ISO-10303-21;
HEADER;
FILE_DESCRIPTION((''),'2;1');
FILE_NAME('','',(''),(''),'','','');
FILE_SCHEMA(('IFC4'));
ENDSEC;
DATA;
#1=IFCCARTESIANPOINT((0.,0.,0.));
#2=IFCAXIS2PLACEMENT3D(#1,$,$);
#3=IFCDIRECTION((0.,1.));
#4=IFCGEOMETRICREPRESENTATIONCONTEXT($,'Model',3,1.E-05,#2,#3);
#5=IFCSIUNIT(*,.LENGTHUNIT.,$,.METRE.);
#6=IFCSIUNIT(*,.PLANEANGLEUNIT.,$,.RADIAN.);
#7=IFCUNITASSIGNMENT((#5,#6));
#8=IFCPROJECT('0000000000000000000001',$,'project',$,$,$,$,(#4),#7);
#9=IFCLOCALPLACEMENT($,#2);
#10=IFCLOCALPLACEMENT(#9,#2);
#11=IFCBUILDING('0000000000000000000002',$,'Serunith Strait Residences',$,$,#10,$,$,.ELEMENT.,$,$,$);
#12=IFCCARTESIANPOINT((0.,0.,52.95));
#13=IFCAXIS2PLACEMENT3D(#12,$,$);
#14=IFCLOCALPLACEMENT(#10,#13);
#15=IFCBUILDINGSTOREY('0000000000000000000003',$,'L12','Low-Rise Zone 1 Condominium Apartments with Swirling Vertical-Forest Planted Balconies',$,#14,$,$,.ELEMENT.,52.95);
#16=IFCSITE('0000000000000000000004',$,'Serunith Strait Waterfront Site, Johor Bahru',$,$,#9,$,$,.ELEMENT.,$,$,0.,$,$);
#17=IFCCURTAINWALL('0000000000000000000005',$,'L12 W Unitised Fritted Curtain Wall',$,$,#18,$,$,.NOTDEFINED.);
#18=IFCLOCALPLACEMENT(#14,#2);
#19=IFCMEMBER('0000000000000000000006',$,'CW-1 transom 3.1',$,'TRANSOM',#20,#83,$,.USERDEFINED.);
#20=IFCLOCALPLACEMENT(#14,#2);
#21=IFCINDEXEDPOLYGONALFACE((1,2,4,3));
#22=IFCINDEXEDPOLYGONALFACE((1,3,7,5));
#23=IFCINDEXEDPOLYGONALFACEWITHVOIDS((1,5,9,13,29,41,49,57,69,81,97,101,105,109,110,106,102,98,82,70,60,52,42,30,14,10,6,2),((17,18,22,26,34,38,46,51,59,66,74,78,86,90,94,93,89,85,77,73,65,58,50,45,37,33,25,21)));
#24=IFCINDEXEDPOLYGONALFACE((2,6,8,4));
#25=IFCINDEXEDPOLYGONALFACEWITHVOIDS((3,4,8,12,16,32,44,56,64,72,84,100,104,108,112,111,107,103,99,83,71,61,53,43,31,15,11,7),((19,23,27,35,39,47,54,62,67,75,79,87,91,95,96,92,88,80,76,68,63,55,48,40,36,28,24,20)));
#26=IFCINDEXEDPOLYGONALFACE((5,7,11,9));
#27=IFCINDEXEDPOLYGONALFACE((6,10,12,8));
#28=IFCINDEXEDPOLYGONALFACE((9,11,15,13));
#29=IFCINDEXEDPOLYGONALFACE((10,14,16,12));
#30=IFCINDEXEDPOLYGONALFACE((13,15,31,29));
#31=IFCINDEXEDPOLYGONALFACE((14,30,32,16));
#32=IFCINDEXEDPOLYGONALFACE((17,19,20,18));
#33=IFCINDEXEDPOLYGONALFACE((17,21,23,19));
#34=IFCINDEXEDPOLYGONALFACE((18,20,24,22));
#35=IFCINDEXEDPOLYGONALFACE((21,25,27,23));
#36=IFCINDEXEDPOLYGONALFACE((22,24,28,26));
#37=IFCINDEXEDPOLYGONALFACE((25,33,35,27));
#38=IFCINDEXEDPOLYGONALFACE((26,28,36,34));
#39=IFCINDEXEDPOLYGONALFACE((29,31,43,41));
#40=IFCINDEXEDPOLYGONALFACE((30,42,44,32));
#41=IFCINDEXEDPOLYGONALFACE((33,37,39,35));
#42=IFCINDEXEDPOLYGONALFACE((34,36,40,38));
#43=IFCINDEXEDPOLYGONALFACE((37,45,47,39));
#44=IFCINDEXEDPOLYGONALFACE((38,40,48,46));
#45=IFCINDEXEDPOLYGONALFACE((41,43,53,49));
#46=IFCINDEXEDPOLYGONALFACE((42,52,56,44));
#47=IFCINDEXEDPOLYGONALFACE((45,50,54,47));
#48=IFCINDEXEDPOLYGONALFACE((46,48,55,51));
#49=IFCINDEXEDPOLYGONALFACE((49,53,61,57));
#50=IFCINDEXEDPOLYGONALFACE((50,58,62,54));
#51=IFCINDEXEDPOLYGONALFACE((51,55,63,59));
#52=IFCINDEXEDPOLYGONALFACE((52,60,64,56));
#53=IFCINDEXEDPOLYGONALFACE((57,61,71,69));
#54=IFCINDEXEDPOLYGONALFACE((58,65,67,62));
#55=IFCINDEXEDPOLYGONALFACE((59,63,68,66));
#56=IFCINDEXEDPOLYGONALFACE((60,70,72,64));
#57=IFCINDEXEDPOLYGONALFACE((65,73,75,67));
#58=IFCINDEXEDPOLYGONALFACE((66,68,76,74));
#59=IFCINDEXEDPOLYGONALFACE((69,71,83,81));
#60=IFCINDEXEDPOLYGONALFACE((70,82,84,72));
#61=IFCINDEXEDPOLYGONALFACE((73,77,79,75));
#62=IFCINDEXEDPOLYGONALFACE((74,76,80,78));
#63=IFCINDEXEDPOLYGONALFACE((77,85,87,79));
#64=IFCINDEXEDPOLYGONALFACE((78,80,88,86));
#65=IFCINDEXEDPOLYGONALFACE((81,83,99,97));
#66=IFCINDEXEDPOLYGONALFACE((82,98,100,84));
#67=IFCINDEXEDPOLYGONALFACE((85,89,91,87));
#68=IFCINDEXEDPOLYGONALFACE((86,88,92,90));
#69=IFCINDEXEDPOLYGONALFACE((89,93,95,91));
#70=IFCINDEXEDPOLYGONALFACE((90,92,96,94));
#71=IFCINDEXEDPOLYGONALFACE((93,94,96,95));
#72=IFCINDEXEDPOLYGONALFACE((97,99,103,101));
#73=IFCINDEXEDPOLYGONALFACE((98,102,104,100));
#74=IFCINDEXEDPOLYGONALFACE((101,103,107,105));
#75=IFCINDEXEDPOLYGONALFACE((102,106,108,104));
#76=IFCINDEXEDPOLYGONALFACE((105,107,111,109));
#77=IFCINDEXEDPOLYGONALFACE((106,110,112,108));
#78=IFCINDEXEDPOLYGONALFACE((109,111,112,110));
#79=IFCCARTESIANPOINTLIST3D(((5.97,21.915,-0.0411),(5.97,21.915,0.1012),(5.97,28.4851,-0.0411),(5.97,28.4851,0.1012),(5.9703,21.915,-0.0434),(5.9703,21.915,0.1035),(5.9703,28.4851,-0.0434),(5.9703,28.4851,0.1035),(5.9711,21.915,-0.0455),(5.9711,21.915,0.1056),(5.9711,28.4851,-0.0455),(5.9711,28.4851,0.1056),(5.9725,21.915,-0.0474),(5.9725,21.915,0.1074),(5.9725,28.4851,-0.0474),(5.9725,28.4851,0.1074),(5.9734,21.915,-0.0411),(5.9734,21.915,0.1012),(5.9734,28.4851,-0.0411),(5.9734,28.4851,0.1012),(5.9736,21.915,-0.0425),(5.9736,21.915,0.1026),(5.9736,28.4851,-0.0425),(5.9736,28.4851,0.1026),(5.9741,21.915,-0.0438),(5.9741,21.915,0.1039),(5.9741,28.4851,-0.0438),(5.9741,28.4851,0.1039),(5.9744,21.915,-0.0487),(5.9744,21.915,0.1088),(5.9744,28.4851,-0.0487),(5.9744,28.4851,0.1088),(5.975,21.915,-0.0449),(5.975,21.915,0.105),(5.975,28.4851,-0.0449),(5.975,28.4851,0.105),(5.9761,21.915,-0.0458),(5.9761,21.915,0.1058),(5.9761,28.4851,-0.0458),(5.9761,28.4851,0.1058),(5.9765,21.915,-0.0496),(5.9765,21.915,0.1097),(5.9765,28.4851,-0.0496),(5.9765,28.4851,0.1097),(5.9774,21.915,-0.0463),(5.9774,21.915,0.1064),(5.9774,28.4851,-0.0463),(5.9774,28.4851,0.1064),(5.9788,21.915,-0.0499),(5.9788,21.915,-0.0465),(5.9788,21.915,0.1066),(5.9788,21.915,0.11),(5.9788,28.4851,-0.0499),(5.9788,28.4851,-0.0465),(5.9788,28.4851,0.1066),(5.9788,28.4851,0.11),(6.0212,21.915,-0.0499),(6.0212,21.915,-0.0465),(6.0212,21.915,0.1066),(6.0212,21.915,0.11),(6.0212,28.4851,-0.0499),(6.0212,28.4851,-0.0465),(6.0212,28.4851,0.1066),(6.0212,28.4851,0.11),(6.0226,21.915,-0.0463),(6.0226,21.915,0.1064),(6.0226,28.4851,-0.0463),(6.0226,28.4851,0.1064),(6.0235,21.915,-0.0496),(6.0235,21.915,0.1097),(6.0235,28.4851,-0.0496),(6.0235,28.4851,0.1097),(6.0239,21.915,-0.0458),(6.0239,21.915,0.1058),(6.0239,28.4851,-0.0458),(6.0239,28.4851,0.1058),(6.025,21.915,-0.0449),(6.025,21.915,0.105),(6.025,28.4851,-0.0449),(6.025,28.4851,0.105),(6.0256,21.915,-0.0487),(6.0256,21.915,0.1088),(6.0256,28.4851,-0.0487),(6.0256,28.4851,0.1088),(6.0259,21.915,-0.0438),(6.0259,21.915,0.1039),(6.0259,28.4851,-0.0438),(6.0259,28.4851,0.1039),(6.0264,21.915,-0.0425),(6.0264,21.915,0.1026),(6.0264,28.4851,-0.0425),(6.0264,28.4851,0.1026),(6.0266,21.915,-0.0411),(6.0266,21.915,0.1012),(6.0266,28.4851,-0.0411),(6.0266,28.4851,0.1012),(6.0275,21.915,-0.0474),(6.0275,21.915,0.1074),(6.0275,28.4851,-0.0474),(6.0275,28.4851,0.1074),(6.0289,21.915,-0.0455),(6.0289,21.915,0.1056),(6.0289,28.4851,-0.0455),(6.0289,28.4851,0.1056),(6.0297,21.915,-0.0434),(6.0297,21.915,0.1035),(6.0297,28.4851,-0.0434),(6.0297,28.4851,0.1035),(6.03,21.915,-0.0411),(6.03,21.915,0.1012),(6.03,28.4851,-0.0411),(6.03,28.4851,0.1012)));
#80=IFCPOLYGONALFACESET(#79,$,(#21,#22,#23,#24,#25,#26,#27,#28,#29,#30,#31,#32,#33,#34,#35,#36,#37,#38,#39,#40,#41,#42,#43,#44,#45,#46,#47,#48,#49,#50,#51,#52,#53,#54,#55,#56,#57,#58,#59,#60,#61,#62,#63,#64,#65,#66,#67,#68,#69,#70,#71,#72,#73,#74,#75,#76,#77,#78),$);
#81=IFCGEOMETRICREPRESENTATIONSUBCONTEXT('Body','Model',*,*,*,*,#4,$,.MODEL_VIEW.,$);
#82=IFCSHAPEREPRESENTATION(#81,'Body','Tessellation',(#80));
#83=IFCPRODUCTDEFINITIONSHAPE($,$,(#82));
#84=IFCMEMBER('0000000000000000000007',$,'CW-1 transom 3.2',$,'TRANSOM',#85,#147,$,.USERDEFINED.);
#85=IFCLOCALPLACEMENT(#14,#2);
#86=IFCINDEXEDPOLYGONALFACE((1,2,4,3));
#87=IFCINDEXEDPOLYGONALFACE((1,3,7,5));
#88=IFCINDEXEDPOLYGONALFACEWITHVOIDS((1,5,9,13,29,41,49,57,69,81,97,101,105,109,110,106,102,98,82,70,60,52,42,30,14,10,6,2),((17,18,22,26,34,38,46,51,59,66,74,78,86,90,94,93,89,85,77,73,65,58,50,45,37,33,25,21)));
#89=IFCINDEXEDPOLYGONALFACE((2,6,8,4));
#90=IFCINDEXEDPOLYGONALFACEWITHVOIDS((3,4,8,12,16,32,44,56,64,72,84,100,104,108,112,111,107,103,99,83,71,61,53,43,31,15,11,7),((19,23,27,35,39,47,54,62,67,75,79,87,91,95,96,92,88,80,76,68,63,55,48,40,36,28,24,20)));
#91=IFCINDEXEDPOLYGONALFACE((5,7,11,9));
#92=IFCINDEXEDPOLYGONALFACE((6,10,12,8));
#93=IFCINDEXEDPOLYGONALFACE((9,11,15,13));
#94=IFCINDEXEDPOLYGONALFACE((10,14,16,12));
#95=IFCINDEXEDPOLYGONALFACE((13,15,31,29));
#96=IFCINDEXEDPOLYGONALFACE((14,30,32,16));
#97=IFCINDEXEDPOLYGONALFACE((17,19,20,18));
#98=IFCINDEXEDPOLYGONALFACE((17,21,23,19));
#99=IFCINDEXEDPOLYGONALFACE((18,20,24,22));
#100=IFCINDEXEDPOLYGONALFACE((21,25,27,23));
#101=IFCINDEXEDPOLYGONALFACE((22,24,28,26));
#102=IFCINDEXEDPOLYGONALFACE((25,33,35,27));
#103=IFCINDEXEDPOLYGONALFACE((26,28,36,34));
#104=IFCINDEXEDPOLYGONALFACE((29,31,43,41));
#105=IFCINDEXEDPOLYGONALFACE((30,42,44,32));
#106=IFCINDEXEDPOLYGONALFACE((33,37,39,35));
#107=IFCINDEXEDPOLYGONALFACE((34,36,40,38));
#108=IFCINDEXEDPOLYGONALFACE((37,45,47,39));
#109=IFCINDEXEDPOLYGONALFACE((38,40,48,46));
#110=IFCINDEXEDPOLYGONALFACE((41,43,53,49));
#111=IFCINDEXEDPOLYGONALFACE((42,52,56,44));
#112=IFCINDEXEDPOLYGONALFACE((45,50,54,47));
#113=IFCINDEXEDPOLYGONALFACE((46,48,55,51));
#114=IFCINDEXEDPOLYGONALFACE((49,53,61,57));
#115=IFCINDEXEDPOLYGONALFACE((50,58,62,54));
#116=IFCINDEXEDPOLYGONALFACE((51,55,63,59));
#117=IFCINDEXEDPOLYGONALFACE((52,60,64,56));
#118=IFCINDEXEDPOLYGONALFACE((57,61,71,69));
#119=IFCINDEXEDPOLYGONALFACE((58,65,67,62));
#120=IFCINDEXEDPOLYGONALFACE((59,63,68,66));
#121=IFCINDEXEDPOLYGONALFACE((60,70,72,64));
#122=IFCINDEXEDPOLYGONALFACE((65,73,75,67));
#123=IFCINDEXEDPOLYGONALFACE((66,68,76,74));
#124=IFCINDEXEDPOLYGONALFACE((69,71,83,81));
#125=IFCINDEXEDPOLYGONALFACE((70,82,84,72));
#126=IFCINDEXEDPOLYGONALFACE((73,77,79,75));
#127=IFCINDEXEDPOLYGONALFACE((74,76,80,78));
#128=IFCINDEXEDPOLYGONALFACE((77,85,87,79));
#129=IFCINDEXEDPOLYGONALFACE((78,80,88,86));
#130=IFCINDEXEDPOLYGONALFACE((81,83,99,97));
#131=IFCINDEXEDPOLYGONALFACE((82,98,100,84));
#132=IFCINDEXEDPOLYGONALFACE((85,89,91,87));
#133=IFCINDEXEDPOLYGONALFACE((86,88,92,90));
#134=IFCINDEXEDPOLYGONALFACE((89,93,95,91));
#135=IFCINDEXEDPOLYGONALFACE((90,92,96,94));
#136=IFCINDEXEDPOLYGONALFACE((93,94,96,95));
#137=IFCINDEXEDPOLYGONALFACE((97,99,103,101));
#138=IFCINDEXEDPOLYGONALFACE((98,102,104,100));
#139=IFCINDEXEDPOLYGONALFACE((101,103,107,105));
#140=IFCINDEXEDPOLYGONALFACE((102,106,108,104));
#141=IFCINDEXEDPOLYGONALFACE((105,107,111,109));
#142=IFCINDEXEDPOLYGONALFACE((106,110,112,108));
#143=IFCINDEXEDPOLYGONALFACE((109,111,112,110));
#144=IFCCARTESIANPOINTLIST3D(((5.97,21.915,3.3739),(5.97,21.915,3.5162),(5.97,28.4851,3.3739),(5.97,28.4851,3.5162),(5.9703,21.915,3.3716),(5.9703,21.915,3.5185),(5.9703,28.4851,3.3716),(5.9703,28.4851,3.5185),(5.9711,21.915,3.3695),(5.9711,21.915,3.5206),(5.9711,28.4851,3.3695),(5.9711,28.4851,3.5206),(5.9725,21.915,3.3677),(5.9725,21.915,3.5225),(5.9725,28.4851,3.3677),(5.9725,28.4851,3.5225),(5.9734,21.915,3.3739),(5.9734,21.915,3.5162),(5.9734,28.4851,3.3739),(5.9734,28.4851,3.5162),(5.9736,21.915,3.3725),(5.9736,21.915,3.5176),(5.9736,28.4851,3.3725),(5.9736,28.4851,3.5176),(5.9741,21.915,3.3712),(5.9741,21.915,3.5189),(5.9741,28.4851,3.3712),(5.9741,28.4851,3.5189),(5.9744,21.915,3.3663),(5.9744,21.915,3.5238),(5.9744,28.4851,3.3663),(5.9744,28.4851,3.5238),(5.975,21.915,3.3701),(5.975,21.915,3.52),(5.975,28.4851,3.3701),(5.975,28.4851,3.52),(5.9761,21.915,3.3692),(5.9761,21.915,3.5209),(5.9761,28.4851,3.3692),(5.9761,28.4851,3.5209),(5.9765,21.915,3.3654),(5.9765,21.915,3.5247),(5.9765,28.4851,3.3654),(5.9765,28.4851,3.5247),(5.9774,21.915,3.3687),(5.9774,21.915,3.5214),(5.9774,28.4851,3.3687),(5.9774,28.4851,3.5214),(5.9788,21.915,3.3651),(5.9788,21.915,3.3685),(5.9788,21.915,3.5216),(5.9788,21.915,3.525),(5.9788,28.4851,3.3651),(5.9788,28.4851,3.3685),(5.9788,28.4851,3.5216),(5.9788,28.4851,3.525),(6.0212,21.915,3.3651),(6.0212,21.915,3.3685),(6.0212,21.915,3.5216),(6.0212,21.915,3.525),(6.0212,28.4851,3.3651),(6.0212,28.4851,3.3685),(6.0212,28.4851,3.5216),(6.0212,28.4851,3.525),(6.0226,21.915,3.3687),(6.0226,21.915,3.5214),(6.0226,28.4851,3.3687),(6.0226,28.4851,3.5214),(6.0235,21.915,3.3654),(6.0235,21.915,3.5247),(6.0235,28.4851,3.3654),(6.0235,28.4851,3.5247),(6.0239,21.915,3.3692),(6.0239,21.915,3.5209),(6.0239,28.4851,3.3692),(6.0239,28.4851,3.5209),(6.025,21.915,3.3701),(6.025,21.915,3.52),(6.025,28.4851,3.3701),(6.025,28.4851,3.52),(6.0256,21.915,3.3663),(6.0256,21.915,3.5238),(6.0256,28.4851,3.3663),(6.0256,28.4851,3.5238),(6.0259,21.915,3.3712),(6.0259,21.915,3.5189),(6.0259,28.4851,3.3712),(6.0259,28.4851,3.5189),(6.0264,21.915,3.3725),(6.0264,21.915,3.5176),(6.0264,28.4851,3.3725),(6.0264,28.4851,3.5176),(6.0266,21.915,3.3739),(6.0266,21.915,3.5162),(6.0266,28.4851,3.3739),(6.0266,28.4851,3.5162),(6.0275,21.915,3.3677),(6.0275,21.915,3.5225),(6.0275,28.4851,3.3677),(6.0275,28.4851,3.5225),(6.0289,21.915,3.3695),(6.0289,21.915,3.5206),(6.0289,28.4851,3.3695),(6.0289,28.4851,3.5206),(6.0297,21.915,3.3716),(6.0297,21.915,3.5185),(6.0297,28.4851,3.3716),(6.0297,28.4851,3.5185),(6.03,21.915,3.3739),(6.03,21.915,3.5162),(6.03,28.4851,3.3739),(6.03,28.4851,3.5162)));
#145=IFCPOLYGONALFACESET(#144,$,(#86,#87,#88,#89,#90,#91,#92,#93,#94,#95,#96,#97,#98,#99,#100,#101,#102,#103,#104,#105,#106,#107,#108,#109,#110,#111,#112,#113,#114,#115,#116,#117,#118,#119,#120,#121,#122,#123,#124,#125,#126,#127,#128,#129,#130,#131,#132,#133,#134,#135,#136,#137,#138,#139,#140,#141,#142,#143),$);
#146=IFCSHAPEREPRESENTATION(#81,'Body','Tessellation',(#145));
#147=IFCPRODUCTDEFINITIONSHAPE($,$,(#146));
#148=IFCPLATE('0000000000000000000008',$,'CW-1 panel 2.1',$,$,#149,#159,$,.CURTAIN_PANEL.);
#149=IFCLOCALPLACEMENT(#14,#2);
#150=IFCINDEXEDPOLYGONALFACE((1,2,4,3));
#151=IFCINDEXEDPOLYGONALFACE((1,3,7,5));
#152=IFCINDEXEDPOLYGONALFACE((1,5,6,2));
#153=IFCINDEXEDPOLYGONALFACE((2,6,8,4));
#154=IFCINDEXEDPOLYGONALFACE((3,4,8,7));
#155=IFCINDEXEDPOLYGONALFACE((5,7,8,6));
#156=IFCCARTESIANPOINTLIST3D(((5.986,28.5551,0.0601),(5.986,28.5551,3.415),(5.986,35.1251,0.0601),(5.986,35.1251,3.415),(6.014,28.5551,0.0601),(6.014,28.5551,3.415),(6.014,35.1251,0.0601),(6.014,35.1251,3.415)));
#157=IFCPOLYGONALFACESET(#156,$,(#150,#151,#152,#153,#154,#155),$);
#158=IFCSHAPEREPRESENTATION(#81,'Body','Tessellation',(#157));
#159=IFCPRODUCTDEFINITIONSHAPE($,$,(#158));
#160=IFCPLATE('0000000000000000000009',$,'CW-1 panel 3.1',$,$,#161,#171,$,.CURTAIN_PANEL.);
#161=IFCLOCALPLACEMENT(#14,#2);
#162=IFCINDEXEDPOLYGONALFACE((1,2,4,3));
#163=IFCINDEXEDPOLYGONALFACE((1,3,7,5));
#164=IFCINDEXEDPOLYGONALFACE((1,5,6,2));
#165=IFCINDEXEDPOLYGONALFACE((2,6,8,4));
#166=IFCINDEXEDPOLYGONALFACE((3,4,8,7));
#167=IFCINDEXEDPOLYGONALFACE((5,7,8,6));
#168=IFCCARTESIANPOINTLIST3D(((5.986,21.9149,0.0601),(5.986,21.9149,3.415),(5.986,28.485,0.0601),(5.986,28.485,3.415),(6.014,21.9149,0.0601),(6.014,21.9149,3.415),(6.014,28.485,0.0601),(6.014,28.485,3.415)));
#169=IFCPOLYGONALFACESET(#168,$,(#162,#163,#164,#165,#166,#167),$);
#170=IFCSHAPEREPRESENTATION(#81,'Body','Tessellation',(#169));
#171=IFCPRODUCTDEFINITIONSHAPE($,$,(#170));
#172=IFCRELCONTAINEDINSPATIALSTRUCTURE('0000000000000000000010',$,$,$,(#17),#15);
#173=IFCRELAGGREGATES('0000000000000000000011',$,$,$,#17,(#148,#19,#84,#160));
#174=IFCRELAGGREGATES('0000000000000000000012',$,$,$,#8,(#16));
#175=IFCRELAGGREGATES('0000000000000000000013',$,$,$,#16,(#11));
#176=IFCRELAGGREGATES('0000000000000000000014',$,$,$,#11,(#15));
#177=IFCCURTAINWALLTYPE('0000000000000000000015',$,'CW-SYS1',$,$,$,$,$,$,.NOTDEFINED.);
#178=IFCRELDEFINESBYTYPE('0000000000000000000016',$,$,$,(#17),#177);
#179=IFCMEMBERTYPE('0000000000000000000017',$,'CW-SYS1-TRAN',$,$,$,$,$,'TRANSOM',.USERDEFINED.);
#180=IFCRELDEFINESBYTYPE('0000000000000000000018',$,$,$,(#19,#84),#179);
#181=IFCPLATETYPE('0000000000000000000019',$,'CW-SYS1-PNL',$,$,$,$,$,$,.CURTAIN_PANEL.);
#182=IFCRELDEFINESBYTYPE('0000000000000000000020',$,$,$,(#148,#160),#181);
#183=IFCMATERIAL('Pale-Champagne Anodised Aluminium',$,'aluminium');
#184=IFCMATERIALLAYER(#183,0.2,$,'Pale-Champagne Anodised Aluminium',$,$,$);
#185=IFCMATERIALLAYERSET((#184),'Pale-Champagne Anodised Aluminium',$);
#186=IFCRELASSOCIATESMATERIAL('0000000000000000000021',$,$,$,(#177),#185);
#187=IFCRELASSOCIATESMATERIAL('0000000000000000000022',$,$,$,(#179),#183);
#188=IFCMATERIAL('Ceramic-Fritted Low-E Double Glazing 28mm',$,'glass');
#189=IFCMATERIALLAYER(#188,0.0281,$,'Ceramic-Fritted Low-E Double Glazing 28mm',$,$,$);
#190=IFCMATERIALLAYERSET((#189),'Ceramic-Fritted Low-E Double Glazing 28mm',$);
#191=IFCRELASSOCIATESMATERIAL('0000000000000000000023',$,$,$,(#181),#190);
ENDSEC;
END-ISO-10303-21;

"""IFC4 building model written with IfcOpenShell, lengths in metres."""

from ifc_helpers import new_model, si_unit, direction, frame, origin, origin_2d, place, context, subcontext, project, spatial, rectangle, hollow_rectangle, extrude, source, transform, mapped, material, layer, layer_set, material_profile, profile_set, type_object, element, aggregate, save


model = new_model("IFC4")

# Units and contexts
model_context = context("Model", 3, precision=1e-05, world=origin(), true_north=direction((0.0, 1.0)))
body_context = subcontext(model_context, "Body", "Model", "MODEL_VIEW")
ifc_project = project(units=[si_unit("LENGTHUNIT", "METRE"), si_unit("PLANEANGLEUNIT", "RADIAN")], contexts=[model_context])

# Site, building, storey
site_placement = place(None, origin())
site = spatial("IfcSite", under=ifc_project, at=site_placement, Name="Serunith Strait Waterfront Site, Johor Bahru", CompositionType="ELEMENT", RefElevation=0.0)
building_placement = place(site_placement, origin())
building = spatial("IfcBuilding", under=site, at=building_placement, Name="Serunith Strait Residences", CompositionType="ELEMENT")
storey_placement = place(building_placement, frame((0.0, 0.0, 52.95)))
storey = spatial("IfcBuildingStorey", under=building, at=storey_placement, Name="L12", Description="Low-Rise Zone 1 Condominium Apartments with Swirling Vertical-Forest Planted Balconies", CompositionType="ELEMENT", Elevation=52.95)

# Curtain wall, members, plates
ifc_material_1 = material(Name="Pale-Champagne Anodised Aluminium", Category="aluminium")
ifc_layer_1 = layer(ifc_material_1, 0.2, Name="Pale-Champagne Anodised Aluminium")
ifc_layer_set_1 = layer_set([ifc_layer_1], Name="Pale-Champagne Anodised Aluminium")
curtain_wall_type = type_object("IfcCurtainWallType", Name="CW-SYS1", PredefinedType="NOTDEFINED", material=ifc_layer_set_1)
curtain_wall_placement = place(storey_placement, origin())
curtain_wall = element("IfcCurtainWall", 1, at=curtain_wall_placement, inside=storey, type_object=curtain_wall_type, Name="L12 W Unitised Fritted Curtain Wall", PredefinedType="NOTDEFINED")
ifc_material_profile_1 = material_profile(ifc_material_1, hollow_rectangle(XDim=0.0601, YDim=0.1599, WallThickness=0.0034, InnerFilletRadius=0.0054, OuterFilletRadius=0.0088, at=origin_2d()), Name="ALU 160x60x3.5")
ifc_profile_set_1 = profile_set([ifc_material_profile_1], Name="Pale-Champagne Anodised Aluminium")
member_type_1 = type_object("IfcMemberType", Name="CW-SYS1-TRAN", ElementType="TRANSOM", PredefinedType="USERDEFINED", material=ifc_profile_set_1)
shared_shape_1 = source(origin(), body_context, "Body", "SweptSolid", [
    extrude(hollow_rectangle(XDim=0.0601, YDim=0.1599, WallThickness=0.0034, InnerFilletRadius=0.0054, OuterFilletRadius=0.0088, at=origin_2d()), origin(), (0.0, 0.0, 1.0), 6.5701),
])
member_1_placement = place(storey_placement, frame((6.0, 28.4851, 0.03), z_axis=(0.0, -1.0, 0.0), x_axis=(1.0, 0.0, 0.0)))
member_1 = element("IfcMember", 2, at=member_1_placement, type_object=member_type_1, Name="CW-1 transom 3.1", ObjectType="TRANSOM", PredefinedType="USERDEFINED", context=body_context, shape_type="MappedRepresentation", body=[
    mapped(shared_shape_1, transform((0.0, 0.0, 0.0), scale=1.0)),
])
member_2_placement = place(storey_placement, frame((6.0, 28.4851, 3.4451), z_axis=(0.0, -1.0, 0.0), x_axis=(1.0, 0.0, 0.0)))
member_2 = element("IfcMember", 3, at=member_2_placement, type_object=member_type_1, Name="CW-1 transom 3.2", ObjectType="TRANSOM", PredefinedType="USERDEFINED", context=body_context, shape_type="MappedRepresentation", body=[
    mapped(shared_shape_1, transform((0.0, 0.0, 0.0), scale=1.0)),
])
ifc_material_2 = material(Name="Ceramic-Fritted Low-E Double Glazing 28mm", Category="glass")
ifc_layer_2 = layer(ifc_material_2, 0.0281, Name="Ceramic-Fritted Low-E Double Glazing 28mm")
ifc_layer_set_2 = layer_set([ifc_layer_2], Name="Ceramic-Fritted Low-E Double Glazing 28mm")
plate_type = type_object("IfcPlateType", Name="CW-SYS1-PNL", PredefinedType="CURTAIN_PANEL", material=ifc_layer_set_2)
shared_shape_2 = source(origin(), body_context, "Body", "SweptSolid", [
    extrude(rectangle(XDim=6.5701, YDim=0.0281, at=origin_2d()), origin(), (0.0, 0.0, 1.0), 3.355),
])
plate_1_placement = place(storey_placement, frame((6.0, 31.8401, 0.0601), z_axis=(0.0, 0.0, 1.0), x_axis=(0.0, -1.0, 0.0)))
plate_1 = element("IfcPlate", 4, at=plate_1_placement, type_object=plate_type, Name="CW-1 panel 2.1", PredefinedType="CURTAIN_PANEL", context=body_context, shape_type="MappedRepresentation", body=[
    mapped(shared_shape_2, transform((0.0, 0.0, 0.0), scale=1.0)),
])
plate_2_placement = place(storey_placement, frame((6.0, 25.2, 0.0601), z_axis=(0.0, 0.0, 1.0), x_axis=(0.0, -1.0, 0.0)))
plate_2 = element("IfcPlate", 5, at=plate_2_placement, type_object=plate_type, Name="CW-1 panel 3.1", PredefinedType="CURTAIN_PANEL", context=body_context, shape_type="MappedRepresentation", body=[
    mapped(shared_shape_2, transform((0.0, 0.0, 0.0), scale=1.0)),
])
aggregate(curtain_wall, [plate_1, member_1, member_2, plate_2])

save(model, "model.ifc")
